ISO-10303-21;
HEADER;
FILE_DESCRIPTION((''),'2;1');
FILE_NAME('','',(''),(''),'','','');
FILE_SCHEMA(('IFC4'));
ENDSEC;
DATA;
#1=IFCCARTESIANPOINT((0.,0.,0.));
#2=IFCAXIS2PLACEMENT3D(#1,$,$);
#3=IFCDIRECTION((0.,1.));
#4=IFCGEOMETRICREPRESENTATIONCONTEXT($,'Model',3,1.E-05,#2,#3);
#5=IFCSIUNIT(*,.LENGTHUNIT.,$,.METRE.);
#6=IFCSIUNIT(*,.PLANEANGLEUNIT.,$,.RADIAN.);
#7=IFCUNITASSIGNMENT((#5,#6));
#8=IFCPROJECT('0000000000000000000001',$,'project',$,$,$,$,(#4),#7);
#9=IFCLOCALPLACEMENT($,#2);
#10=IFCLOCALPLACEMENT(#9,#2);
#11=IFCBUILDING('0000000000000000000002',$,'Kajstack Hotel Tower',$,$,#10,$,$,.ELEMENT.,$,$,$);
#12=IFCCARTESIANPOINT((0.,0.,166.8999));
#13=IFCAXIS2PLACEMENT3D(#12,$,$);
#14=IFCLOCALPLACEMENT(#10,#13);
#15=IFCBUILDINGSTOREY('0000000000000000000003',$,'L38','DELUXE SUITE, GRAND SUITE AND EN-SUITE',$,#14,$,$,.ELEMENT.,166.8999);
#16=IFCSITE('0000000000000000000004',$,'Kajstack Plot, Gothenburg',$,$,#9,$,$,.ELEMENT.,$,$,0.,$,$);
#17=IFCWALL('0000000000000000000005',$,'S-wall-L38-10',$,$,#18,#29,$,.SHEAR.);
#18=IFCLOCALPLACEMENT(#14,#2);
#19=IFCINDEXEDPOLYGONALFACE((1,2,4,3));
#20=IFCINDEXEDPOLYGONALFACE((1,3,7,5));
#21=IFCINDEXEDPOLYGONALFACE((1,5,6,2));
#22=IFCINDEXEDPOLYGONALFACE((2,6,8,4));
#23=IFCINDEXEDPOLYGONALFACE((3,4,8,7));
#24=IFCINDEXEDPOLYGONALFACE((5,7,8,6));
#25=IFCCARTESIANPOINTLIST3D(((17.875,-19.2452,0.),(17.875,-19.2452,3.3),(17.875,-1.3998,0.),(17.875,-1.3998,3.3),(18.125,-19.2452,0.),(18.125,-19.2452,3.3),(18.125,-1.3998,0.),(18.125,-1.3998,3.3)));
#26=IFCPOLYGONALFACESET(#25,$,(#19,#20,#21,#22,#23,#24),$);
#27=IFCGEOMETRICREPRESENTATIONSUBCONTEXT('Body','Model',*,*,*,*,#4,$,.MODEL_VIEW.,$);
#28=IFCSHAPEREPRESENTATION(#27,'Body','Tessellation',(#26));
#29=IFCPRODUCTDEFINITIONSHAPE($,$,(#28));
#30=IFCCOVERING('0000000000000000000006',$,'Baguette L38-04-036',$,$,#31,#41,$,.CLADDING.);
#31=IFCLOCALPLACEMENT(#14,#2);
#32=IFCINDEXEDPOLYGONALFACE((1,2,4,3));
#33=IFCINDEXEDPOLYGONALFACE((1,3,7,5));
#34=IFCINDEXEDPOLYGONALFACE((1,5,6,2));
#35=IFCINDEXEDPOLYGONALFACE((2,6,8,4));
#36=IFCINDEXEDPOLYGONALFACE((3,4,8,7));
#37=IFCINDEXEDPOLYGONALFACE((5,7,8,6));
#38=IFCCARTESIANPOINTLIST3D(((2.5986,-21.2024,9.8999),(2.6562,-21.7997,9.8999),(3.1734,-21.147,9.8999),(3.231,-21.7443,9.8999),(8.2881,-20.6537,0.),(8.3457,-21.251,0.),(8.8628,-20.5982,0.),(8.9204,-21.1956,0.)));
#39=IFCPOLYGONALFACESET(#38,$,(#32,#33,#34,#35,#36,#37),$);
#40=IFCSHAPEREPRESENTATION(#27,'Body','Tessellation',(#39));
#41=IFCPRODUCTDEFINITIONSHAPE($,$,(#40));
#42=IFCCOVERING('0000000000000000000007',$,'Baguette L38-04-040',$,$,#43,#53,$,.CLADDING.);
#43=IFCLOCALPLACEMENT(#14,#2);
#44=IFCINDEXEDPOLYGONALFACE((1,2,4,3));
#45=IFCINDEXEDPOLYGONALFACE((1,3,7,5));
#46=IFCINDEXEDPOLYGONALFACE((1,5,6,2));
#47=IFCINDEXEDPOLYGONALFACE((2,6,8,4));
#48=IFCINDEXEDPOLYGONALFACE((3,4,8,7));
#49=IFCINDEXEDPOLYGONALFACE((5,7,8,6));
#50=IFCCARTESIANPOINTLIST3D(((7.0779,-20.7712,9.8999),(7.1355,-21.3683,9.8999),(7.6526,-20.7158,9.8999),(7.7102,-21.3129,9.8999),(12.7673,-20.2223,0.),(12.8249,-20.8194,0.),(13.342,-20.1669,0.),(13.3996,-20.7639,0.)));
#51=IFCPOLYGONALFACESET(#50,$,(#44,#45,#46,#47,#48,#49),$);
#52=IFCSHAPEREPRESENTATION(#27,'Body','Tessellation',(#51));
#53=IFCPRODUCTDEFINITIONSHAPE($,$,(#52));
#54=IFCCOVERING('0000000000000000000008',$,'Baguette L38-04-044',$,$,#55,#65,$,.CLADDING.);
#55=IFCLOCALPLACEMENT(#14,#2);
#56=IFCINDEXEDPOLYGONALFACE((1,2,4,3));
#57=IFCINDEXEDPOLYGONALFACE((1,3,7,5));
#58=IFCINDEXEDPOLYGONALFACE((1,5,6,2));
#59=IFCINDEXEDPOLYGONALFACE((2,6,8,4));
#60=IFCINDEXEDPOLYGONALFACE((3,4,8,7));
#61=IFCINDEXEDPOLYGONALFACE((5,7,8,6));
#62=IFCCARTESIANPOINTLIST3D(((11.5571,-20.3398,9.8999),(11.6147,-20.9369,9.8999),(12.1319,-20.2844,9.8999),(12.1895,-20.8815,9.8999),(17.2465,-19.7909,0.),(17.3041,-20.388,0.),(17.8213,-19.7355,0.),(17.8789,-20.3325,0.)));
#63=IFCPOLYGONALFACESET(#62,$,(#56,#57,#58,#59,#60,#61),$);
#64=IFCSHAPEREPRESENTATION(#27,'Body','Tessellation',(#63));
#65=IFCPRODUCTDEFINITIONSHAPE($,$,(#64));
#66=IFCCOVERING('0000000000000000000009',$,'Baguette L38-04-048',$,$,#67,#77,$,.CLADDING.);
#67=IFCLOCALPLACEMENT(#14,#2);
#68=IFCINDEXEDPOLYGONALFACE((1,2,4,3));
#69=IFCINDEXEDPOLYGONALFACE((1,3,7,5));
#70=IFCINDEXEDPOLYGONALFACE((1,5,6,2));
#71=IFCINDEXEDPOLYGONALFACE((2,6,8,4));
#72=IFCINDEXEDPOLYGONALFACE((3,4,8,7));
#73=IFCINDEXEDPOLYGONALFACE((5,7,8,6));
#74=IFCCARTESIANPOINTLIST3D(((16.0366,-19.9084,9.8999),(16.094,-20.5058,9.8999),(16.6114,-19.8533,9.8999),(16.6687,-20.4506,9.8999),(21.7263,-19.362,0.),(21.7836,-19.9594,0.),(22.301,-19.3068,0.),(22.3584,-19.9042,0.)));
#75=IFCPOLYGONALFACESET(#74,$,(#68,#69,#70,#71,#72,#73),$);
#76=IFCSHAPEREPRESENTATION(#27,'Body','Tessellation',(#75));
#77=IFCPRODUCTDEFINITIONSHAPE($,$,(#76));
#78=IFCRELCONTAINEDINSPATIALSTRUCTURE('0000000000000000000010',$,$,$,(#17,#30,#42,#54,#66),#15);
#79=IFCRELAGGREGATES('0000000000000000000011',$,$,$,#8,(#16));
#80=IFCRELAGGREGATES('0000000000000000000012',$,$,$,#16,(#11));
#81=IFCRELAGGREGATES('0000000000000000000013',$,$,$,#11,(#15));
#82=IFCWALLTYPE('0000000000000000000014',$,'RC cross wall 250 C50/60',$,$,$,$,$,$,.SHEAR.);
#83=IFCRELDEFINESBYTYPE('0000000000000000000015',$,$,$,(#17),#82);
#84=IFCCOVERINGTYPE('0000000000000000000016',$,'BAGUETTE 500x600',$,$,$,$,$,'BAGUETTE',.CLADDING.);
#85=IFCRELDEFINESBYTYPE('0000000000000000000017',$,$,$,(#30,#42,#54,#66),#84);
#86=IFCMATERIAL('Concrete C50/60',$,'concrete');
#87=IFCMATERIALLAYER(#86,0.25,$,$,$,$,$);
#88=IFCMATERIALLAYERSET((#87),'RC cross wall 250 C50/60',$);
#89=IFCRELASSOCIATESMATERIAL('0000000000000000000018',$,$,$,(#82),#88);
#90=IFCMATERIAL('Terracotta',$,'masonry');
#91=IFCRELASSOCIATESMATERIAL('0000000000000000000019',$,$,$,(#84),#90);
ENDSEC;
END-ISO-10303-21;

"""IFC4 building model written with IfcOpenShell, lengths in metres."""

from ifc_helpers import new_model, si_unit, direction, frame, frame_2d, origin, origin_2d, place, context, subcontext, project, spatial, polyline, rectangle, outline, extrude, material, layer, layer_set, material_profile, profile_set, type_object, element, save


model = new_model("IFC4")

# Units and contexts
model_context = context("Model", 3, precision=1e-05, world=origin(), true_north=direction((0.0, 1.0)))
body_context = subcontext(model_context, "Body", "Model", "MODEL_VIEW")
ifc_project = project(units=[si_unit("LENGTHUNIT", "METRE"), si_unit("PLANEANGLEUNIT", "RADIAN")], contexts=[model_context])

# Site, building, storey
site_placement = place(None, origin())
site = spatial("IfcSite", under=ifc_project, at=site_placement, Name="Kajstack Plot, Gothenburg", CompositionType="ELEMENT", RefElevation=0.0)
building_placement = place(site_placement, origin())
building = spatial("IfcBuilding", under=site, at=building_placement, Name="Kajstack Hotel Tower", CompositionType="ELEMENT")
storey_placement = place(building_placement, frame((0.0, 0.0, 166.8999)))
storey = spatial("IfcBuildingStorey", under=building, at=storey_placement, Name="L38", Description="DELUXE SUITE, GRAND SUITE AND EN-SUITE", CompositionType="ELEMENT", Elevation=166.8999)

# Wall
ifc_material_1 = material(Name="Concrete C50/60", Category="concrete")
ifc_layer_1 = layer(ifc_material_1, 0.25)
ifc_layer_set_1 = layer_set([ifc_layer_1], Name="RC cross wall 250 C50/60")
wall_type_1 = type_object("IfcWallType", Name="RC cross wall 250 C50/60", PredefinedType="SHEAR", material=ifc_layer_set_1)
wall_1_placement = place(storey_placement, frame((18.0, -19.2454, 0.0), z_axis=(0.0, 0.0, 1.0), x_axis=(0.0, 1.0, 0.0)))
element("IfcWall", 1, at=wall_1_placement, inside=storey, type_object=wall_type_1, Name="S-wall-L38-10", PredefinedType="SHEAR", context=body_context, shape_type="SweptSolid", body=[
    extrude(rectangle(XDim=17.8455, YDim=0.25, at=frame_2d((8.9229, 0.0))), origin(), (0.0, 0.0, 1.0), 3.3),
])

# Coverings
ifc_material_2 = material(Name="Terracotta", Category="masonry")
ifc_material_profile = material_profile(ifc_material_2, rectangle(XDim=0.6001, YDim=0.5, at=origin_2d()), Name="Terracotta-clad concrete baguette 500 x 600")
ifc_profile_set = profile_set([ifc_material_profile], Name="Terracotta")
covering_type = type_object("IfcCoveringType", Name="BAGUETTE 500x600", ElementType="BAGUETTE", PredefinedType="CLADDING", material=ifc_profile_set)
covering_1_placement = place(storey_placement, frame((2.5986, -21.2024, 0.0), z_axis=(0.095999, -0.995381, 0.0), x_axis=(0.995381, 0.095999, 0.0)))
element("IfcCovering", 2, at=covering_1_placement, inside=storey, type_object=covering_type, Name="Baguette L38-04-036", PredefinedType="CLADDING", context=body_context, shape_type="SweptSolid", body=[
    extrude(outline(polyline([(0.0, 9.8999), (5.7158, 0.0), (6.2932, 0.0), (0.5774, 9.8999), (0.0, 9.8999)])), origin(), (0.0, 0.0, 1.0), 0.6001),
])
for number, where, z_axis, x_axis, name in (
    (3, (7.0779, -20.7712, 0.0), (0.096038, -0.995378, 0.0), (0.995378, 0.096038, 0.0), "Baguette L38-04-040"),
    (4, (11.5571, -20.3398, 0.0), (0.096038, -0.995378, 0.0), (0.995378, 0.096038, 0.0), "Baguette L38-04-044"),
):
    element("IfcCovering", number, at=place(storey_placement, frame(where, z_axis=z_axis, x_axis=x_axis)), inside=storey, type_object=covering_type, Name=name, PredefinedType="CLADDING", context=body_context, shape_type="SweptSolid", body=[
        extrude(outline(polyline([(0.0, 9.8999), (5.7158, 0.0), (6.2932, 0.0), (0.5774, 9.8999), (0.0, 9.8999)])), origin(), (0.0, 0.0, 1.0), 0.5999),
    ])
covering_2_placement = place(storey_placement, frame((16.0366, -19.9084, 0.0), z_axis=(0.095596, -0.99542, 0.0), x_axis=(0.99542, 0.095596, 0.0)))
element("IfcCovering", 5, at=covering_2_placement, inside=storey, type_object=covering_type, Name="Baguette L38-04-048", PredefinedType="CLADDING", context=body_context, shape_type="SweptSolid", body=[
    extrude(outline(polyline([(0.0, 9.8999), (5.7158, 0.0), (6.2932, 0.0), (0.5774, 9.8999), (0.0, 9.8999)])), origin(), (0.0, 0.0, 1.0), 0.6001),
])

save(model, "model.ifc")
